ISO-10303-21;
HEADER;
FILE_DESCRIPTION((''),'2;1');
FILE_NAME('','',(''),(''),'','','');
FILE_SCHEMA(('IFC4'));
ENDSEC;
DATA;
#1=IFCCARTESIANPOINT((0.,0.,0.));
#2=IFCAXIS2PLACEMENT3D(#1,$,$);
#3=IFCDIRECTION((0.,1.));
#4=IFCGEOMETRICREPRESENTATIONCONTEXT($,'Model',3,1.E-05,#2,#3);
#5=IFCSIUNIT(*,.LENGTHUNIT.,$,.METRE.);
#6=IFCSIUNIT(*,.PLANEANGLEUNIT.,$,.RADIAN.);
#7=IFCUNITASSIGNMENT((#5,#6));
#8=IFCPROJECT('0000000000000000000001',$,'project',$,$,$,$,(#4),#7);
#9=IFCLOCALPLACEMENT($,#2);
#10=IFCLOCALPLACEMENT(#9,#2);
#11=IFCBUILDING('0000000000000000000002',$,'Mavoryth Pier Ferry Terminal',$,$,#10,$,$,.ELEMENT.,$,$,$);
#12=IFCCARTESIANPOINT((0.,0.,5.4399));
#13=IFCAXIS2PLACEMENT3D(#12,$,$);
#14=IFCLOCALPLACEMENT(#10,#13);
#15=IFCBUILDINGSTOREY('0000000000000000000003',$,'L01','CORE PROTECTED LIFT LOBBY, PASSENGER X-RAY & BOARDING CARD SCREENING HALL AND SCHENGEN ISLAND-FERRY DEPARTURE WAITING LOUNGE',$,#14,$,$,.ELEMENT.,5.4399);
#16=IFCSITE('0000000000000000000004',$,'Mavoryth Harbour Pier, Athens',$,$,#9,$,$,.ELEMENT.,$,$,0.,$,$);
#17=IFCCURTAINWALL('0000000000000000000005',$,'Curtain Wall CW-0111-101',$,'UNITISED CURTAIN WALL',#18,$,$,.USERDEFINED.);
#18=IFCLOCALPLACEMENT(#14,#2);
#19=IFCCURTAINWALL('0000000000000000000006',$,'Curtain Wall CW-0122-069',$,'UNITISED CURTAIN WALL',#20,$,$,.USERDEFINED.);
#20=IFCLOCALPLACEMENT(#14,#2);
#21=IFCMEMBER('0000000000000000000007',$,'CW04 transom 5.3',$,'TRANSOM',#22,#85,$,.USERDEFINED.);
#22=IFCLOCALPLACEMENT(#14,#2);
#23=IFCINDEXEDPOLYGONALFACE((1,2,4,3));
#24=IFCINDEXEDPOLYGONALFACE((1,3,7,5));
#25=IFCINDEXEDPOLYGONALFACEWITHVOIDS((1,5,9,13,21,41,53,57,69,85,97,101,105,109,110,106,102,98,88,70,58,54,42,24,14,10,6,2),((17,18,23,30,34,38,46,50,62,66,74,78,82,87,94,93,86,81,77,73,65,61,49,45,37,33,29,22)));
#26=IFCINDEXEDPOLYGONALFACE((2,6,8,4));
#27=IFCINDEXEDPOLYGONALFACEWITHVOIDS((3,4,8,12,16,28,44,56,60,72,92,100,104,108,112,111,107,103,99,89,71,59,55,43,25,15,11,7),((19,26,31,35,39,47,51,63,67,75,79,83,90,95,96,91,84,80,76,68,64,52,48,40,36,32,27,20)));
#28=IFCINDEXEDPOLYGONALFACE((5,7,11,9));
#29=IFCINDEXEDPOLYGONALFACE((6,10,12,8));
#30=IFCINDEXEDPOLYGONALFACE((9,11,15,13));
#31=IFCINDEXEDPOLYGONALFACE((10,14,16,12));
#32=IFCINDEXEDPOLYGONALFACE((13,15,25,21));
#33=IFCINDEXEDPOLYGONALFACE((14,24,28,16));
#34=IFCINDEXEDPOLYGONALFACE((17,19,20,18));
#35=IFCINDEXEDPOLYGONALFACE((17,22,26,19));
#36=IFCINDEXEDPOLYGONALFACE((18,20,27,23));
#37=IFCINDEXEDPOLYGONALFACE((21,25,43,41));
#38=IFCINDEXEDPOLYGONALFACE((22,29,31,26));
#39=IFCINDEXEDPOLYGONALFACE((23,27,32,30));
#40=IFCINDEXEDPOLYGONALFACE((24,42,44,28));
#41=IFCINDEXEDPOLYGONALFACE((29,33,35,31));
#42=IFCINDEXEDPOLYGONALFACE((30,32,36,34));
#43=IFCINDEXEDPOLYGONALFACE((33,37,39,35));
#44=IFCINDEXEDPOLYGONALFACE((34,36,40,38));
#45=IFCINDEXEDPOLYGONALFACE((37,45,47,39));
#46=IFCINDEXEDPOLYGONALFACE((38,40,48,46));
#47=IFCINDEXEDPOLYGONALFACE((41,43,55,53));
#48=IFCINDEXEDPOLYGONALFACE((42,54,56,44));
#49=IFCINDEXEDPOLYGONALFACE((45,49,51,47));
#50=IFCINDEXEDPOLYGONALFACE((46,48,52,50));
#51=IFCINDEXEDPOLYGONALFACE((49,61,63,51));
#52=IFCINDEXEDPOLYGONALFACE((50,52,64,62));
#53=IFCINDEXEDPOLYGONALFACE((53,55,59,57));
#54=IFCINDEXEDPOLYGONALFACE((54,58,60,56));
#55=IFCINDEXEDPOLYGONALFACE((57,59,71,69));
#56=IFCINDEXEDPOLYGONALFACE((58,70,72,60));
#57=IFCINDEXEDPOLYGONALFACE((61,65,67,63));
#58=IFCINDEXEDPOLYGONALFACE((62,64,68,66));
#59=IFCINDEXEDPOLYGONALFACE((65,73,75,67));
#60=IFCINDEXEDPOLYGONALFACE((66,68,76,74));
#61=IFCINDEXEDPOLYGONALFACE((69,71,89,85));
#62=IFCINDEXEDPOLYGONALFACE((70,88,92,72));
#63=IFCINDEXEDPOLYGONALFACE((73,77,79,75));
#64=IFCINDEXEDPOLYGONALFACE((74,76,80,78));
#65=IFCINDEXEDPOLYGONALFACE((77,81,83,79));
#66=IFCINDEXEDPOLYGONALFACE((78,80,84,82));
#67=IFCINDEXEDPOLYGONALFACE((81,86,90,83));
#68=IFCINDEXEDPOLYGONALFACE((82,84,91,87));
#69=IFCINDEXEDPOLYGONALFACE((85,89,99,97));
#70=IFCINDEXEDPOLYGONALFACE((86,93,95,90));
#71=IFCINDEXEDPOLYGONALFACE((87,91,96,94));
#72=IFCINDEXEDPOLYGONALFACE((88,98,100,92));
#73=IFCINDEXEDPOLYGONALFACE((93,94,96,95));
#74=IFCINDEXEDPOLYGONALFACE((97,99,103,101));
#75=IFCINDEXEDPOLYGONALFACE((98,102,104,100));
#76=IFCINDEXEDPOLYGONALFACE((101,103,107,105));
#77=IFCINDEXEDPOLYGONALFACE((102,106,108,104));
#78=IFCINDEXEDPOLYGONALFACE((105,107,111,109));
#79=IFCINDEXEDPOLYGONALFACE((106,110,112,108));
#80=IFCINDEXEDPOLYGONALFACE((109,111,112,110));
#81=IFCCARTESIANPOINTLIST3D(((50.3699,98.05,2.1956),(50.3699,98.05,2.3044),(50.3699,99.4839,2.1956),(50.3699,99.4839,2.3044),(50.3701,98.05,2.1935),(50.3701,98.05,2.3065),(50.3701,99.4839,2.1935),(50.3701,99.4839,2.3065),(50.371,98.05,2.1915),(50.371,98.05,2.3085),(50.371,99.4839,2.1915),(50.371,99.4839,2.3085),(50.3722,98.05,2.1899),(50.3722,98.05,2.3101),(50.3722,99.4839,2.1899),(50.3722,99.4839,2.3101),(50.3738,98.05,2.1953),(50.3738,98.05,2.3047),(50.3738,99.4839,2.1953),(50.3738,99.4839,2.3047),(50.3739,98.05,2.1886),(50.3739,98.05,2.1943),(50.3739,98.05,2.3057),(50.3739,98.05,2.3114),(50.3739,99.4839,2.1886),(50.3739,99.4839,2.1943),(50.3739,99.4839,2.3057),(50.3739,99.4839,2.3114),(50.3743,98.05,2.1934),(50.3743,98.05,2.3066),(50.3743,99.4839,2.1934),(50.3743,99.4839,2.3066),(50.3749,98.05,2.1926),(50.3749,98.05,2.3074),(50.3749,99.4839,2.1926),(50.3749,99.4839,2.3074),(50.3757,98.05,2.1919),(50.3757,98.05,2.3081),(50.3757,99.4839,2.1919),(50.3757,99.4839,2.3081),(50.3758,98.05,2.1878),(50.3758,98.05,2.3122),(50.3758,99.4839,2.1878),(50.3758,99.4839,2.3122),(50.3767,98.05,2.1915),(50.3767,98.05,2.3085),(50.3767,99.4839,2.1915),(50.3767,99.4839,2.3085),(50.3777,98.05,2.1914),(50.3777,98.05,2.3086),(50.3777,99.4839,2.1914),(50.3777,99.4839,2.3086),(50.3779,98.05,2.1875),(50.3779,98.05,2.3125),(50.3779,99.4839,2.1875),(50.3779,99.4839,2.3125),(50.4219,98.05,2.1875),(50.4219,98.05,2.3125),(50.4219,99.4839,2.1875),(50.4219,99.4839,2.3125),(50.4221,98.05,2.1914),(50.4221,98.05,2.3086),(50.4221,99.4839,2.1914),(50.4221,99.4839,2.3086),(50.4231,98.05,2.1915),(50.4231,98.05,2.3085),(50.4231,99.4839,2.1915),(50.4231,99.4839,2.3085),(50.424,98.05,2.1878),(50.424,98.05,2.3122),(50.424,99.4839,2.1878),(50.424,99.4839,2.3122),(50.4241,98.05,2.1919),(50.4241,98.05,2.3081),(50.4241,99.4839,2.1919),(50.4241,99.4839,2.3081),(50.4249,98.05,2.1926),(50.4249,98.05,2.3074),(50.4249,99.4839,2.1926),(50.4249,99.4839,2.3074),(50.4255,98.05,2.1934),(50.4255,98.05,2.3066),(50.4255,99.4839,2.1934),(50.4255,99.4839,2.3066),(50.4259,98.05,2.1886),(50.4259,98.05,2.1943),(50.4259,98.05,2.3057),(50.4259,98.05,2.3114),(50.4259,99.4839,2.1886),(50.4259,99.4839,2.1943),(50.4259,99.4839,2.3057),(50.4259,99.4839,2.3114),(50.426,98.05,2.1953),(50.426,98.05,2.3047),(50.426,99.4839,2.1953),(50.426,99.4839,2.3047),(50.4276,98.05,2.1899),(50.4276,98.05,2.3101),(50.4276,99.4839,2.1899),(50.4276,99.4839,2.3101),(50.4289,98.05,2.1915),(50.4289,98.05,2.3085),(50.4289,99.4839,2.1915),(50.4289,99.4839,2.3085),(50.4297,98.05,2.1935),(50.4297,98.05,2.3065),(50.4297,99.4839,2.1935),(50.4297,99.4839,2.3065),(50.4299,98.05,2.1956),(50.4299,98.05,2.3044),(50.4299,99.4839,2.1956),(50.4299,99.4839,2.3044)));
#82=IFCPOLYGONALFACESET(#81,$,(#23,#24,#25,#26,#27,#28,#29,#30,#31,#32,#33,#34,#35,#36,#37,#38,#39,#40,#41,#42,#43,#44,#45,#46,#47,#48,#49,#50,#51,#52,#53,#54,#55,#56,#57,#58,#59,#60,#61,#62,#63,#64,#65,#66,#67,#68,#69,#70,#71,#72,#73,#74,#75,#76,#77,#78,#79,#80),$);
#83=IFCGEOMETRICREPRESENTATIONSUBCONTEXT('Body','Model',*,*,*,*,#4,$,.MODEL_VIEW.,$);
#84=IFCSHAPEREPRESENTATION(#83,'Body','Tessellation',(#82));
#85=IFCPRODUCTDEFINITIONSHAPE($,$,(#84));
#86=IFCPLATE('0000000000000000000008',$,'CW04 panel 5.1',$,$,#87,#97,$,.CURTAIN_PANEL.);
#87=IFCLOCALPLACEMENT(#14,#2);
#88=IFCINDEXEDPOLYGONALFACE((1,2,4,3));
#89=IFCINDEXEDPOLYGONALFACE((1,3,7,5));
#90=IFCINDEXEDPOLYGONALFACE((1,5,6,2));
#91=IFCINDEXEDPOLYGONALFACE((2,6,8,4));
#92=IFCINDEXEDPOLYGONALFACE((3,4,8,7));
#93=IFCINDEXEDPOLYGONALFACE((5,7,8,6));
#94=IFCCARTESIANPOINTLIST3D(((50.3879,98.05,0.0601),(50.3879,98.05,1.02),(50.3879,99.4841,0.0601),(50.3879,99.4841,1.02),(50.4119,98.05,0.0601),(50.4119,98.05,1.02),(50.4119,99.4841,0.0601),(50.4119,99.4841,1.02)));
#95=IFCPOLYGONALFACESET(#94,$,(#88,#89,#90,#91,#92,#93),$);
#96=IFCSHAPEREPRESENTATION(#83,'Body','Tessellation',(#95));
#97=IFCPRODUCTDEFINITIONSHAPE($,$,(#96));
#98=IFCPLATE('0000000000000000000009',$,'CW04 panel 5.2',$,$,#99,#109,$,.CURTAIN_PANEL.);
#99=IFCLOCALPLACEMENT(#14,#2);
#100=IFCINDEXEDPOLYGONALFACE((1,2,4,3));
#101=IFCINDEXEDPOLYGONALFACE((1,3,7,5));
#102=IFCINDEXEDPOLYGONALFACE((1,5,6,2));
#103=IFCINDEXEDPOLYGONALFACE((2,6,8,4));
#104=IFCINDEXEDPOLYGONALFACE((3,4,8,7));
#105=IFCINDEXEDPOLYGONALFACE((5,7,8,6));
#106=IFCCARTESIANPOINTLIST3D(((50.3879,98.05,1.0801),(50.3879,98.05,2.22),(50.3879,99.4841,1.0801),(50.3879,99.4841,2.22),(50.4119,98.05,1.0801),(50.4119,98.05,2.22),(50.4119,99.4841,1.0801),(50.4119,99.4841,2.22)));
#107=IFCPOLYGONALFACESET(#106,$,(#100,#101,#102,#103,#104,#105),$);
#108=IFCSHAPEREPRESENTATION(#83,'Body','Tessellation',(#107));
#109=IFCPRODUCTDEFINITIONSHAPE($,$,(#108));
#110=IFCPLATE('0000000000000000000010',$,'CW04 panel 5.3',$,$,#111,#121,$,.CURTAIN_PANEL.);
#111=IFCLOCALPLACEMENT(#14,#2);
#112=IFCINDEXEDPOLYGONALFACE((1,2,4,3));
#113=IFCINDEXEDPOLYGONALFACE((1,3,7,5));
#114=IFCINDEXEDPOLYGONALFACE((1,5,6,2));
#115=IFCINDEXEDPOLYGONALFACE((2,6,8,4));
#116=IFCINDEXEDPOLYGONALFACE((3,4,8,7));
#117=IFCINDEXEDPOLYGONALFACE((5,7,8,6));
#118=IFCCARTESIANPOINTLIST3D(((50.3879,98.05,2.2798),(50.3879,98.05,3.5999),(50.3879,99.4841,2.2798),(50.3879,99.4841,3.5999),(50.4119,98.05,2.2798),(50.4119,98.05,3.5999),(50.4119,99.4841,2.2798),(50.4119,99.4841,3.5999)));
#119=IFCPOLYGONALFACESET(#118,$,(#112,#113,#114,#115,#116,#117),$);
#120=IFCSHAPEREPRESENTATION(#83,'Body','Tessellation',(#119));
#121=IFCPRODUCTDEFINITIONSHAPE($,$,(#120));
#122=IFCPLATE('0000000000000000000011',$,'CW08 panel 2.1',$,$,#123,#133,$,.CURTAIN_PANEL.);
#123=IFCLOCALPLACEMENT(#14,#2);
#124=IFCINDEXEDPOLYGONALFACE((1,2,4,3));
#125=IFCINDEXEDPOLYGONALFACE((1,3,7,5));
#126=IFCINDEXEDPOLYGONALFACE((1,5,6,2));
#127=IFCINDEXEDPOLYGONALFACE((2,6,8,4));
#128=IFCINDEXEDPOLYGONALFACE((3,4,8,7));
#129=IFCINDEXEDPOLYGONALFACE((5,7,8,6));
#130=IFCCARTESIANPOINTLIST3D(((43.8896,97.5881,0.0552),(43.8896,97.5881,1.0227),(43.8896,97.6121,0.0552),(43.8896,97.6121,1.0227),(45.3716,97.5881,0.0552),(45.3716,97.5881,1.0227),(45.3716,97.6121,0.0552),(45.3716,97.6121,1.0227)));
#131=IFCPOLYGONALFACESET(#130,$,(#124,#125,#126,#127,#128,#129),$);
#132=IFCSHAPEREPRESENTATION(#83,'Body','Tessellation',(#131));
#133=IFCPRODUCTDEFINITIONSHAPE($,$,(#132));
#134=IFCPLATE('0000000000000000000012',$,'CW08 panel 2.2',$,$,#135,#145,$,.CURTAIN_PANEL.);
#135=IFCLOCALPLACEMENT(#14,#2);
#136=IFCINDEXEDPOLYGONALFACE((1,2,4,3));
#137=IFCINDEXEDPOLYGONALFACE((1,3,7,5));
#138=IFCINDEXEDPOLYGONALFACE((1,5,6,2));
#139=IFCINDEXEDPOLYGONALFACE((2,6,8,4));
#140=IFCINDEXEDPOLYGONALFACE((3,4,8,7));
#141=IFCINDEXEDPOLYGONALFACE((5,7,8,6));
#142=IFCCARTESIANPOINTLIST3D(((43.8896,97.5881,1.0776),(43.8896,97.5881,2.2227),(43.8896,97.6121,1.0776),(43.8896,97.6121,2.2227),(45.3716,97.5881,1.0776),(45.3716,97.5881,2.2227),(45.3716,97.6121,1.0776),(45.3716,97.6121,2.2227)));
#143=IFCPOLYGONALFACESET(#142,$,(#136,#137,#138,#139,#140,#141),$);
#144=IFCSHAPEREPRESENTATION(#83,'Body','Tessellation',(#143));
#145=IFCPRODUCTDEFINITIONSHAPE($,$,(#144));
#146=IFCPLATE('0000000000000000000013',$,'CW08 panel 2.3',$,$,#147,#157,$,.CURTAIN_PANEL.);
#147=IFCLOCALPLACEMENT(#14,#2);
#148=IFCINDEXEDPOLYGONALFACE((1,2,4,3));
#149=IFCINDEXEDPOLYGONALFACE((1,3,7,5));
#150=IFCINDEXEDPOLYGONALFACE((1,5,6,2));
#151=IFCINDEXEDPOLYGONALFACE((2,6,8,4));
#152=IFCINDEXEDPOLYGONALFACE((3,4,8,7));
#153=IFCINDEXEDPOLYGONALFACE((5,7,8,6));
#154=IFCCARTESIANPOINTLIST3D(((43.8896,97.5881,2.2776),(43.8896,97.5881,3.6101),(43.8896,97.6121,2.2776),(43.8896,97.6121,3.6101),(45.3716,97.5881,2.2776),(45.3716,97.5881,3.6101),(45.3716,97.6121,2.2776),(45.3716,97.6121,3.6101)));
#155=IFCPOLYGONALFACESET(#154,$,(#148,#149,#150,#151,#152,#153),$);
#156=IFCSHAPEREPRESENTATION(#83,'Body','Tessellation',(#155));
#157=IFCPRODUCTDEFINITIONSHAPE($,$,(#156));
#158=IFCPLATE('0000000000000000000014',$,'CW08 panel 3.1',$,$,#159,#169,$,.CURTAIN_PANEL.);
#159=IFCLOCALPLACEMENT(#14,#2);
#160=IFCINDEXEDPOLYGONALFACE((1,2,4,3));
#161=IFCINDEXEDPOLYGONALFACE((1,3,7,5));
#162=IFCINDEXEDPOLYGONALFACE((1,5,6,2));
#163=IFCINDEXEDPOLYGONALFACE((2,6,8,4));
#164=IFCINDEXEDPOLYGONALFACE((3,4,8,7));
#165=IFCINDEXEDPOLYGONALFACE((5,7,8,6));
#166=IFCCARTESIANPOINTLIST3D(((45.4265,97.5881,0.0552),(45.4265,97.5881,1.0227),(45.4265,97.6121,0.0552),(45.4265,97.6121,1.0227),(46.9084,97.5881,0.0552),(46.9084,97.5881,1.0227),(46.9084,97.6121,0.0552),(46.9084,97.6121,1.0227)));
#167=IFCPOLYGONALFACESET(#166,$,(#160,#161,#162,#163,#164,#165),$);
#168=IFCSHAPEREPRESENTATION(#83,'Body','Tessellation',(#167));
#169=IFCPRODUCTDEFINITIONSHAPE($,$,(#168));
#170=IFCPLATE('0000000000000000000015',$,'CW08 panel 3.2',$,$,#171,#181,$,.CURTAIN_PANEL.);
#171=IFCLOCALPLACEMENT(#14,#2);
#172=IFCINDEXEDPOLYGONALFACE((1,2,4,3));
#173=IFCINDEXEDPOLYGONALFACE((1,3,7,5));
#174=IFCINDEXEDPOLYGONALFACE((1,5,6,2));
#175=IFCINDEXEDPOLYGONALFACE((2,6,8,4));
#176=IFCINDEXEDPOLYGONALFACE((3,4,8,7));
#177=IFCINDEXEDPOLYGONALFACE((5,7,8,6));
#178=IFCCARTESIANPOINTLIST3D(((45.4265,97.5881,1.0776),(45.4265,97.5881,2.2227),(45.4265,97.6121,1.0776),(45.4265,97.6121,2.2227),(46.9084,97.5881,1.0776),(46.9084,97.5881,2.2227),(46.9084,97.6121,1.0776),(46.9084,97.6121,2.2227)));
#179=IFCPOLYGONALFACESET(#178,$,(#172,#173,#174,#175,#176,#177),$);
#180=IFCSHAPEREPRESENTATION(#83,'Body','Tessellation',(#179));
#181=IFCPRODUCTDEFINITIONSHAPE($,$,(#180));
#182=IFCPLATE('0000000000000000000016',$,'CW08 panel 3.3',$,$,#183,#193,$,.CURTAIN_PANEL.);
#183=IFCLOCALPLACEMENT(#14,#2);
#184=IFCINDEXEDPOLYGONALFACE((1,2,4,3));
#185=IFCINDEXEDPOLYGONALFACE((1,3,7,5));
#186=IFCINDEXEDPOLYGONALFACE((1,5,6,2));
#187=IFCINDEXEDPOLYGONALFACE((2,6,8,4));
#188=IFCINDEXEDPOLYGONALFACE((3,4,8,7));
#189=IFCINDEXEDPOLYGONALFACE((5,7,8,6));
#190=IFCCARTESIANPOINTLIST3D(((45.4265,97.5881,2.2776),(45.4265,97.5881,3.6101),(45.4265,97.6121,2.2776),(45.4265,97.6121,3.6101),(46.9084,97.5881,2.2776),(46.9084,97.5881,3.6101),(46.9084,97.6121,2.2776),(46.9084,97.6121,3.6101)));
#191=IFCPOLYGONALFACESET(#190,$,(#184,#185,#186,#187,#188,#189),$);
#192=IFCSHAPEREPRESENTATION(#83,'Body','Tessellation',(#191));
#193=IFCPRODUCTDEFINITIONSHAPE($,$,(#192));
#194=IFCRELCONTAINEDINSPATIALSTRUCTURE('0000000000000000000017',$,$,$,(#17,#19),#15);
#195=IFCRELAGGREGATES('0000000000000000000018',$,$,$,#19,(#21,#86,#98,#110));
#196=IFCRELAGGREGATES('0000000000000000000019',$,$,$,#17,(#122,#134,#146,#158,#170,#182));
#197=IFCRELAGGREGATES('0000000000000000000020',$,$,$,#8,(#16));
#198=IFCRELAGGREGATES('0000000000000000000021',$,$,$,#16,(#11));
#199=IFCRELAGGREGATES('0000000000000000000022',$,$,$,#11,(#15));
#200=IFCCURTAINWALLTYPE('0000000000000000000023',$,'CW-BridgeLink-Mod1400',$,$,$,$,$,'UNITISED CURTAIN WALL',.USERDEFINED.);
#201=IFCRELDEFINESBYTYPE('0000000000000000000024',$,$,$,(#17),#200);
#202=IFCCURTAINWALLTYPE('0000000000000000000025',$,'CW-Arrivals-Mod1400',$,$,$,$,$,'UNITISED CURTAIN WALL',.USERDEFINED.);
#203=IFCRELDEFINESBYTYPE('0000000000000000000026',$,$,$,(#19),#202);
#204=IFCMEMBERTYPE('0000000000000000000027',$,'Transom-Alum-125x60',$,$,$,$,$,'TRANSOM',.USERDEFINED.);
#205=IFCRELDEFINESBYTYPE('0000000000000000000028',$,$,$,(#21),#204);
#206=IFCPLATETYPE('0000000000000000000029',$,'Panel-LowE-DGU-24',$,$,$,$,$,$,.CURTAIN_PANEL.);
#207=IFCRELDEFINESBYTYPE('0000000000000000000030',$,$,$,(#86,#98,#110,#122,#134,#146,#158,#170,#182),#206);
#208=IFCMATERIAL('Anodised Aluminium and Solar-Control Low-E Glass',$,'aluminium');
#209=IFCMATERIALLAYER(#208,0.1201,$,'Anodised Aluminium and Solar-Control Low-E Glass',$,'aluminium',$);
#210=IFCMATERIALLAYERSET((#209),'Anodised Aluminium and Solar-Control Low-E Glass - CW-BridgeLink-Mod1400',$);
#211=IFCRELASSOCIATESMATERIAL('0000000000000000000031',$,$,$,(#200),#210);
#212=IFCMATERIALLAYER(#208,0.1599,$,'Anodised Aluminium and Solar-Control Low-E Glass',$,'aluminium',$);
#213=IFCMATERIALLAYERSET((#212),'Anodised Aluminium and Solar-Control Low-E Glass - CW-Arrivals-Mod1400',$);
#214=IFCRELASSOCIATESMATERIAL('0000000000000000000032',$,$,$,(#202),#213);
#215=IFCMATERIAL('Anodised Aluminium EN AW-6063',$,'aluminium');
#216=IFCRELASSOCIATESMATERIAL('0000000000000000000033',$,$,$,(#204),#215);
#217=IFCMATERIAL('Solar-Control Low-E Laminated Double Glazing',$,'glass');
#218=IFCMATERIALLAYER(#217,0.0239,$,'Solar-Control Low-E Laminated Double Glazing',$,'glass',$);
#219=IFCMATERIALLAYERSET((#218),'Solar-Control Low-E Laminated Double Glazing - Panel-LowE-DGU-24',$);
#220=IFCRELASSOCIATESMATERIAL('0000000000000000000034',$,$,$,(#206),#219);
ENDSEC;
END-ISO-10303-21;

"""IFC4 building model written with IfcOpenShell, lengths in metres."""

from ifc_helpers import new_model, si_unit, direction, frame, origin, origin_2d, place, context, subcontext, project, spatial, rectangle, hollow_rectangle, extrude, material, layer, layer_set, material_profile, profile_set, type_object, element, aggregate, save


model = new_model("IFC4")

# Units and contexts
model_context = context("Model", 3, precision=1e-05, world=origin(), true_north=direction((0.0, 1.0)))
body_context = subcontext(model_context, "Body", "Model", "MODEL_VIEW")
ifc_project = project(units=[si_unit("LENGTHUNIT", "METRE"), si_unit("PLANEANGLEUNIT", "RADIAN")], contexts=[model_context])

# Site, building, storey
site_placement = place(None, origin())
site = spatial("IfcSite", under=ifc_project, at=site_placement, Name="Mavoryth Harbour Pier, Athens", CompositionType="ELEMENT", RefElevation=0.0)
building_placement = place(site_placement, origin())
building = spatial("IfcBuilding", under=site, at=building_placement, Name="Mavoryth Pier Ferry Terminal", CompositionType="ELEMENT")
storey_placement = place(building_placement, frame((0.0, 0.0, 5.4399)))
storey = spatial("IfcBuildingStorey", under=building, at=storey_placement, Name="L01", Description="CORE PROTECTED LIFT LOBBY, PASSENGER X-RAY & BOARDING CARD SCREENING HALL AND SCHENGEN ISLAND-FERRY DEPARTURE WAITING LOUNGE", CompositionType="ELEMENT", Elevation=5.4399)

# Curtain wall
ifc_material_1 = material(Name="Anodised Aluminium and Solar-Control Low-E Glass", Category="aluminium")
ifc_layer_1 = layer(ifc_material_1, 0.1201, Name="Anodised Aluminium and Solar-Control Low-E Glass", Category="aluminium")
ifc_layer_set_1 = layer_set([ifc_layer_1], Name="Anodised Aluminium and Solar-Control Low-E Glass - CW-BridgeLink-Mod1400")
curtain_wall_type_1 = type_object("IfcCurtainWallType", Name="CW-BridgeLink-Mod1400", ElementType="UNITISED CURTAIN WALL", PredefinedType="USERDEFINED", material=ifc_layer_set_1)
curtain_wall_1_placement = place(storey_placement, origin())
curtain_wall_1 = element("IfcCurtainWall", 1, at=curtain_wall_1_placement, inside=storey, type_object=curtain_wall_type_1, Name="Curtain Wall CW-0111-101", ObjectType="UNITISED CURTAIN WALL", PredefinedType="USERDEFINED")
ifc_material_2 = material(Name="Anodised Aluminium EN AW-6063", Category="aluminium")

# Curtain wall
ifc_layer_2 = layer(ifc_material_1, 0.1599, Name="Anodised Aluminium and Solar-Control Low-E Glass", Category="aluminium")
ifc_layer_set_2 = layer_set([ifc_layer_2], Name="Anodised Aluminium and Solar-Control Low-E Glass - CW-Arrivals-Mod1400")
curtain_wall_type_2 = type_object("IfcCurtainWallType", Name="CW-Arrivals-Mod1400", ElementType="UNITISED CURTAIN WALL", PredefinedType="USERDEFINED", material=ifc_layer_set_2)
curtain_wall_2_placement = place(storey_placement, origin())
curtain_wall_2 = element("IfcCurtainWall", 2, at=curtain_wall_2_placement, inside=storey, type_object=curtain_wall_type_2, Name="Curtain Wall CW-0122-069", ObjectType="UNITISED CURTAIN WALL", PredefinedType="USERDEFINED")

# Member
ifc_material_profile_1 = material_profile(ifc_material_2, hollow_rectangle(XDim=0.0601, YDim=0.125, WallThickness=0.0039, InnerFilletRadius=0.0039, OuterFilletRadius=0.0081, at=origin_2d()), Name="AL-TRAN 125x60x4", Category="aluminium")
ifc_profile_set_1 = profile_set([ifc_material_profile_1], Name="Anodised Aluminium EN AW-6063 - AL-TRAN 125x60x4")
member_type_1 = type_object("IfcMemberType", Name="Transom-Alum-125x60", ElementType="TRANSOM", PredefinedType="USERDEFINED", material=ifc_profile_set_1)
member_1_placement = place(storey_placement, frame((50.3999, 99.4839, 2.25), z_axis=(0.0, -1.0, 0.0), x_axis=(1.0, 0.0, 0.0)))
member_1 = element("IfcMember", 3, at=member_1_placement, type_object=member_type_1, Name="CW04 transom 5.3", ObjectType="TRANSOM", PredefinedType="USERDEFINED", context=body_context, shape_type="SweptSolid", body=[
    extrude(hollow_rectangle(XDim=0.0601, YDim=0.125, WallThickness=0.0039, InnerFilletRadius=0.0039, OuterFilletRadius=0.0081, at=origin_2d()), origin(), (0.0, 0.0, 1.0), 1.4338),
])

# Plates
ifc_material_3 = material(Name="Solar-Control Low-E Laminated Double Glazing", Category="glass")
ifc_layer_3 = layer(ifc_material_3, 0.0239, Name="Solar-Control Low-E Laminated Double Glazing", Category="glass")
ifc_layer_set_3 = layer_set([ifc_layer_3], Name="Solar-Control Low-E Laminated Double Glazing - Panel-LowE-DGU-24")
plate_type = type_object("IfcPlateType", Name="Panel-LowE-DGU-24", PredefinedType="CURTAIN_PANEL", material=ifc_layer_set_3)
plate_1_placement = place(storey_placement, frame((50.3999, 98.7671, 0.0601), z_axis=(0.0, 0.0, 1.0), x_axis=(0.0, -1.0, 0.0)))
plate_1 = element("IfcPlate", 4, at=plate_1_placement, type_object=plate_type, Name="CW04 panel 5.1", PredefinedType="CURTAIN_PANEL", context=body_context, shape_type="SweptSolid", body=[
    extrude(rectangle(XDim=1.4341, YDim=0.0239, at=origin_2d()), origin(), (0.0, 0.0, 1.0), 0.96),
])
plate_2_placement = place(storey_placement, frame((50.3999, 98.7671, 1.0801), z_axis=(0.0, 0.0, 1.0), x_axis=(0.0, -1.0, 0.0)))
plate_2 = element("IfcPlate", 5, at=plate_2_placement, type_object=plate_type, Name="CW04 panel 5.2", PredefinedType="CURTAIN_PANEL", context=body_context, shape_type="SweptSolid", body=[
    extrude(rectangle(XDim=1.4341, YDim=0.0239, at=origin_2d()), origin(), (0.0, 0.0, 1.0), 1.1399),
])
plate_3_placement = place(storey_placement, frame((50.3999, 98.7671, 2.2798), z_axis=(0.0, 0.0, 1.0), x_axis=(0.0, -1.0, 0.0)))
plate_3 = element("IfcPlate", 6, at=plate_3_placement, type_object=plate_type, Name="CW04 panel 5.3", PredefinedType="CURTAIN_PANEL", context=body_context, shape_type="SweptSolid", body=[
    extrude(rectangle(XDim=1.4341, YDim=0.0239, at=origin_2d()), origin(), (0.0, 0.0, 1.0), 1.3201),
])
aggregate(curtain_wall_2, [member_1, plate_1, plate_2, plate_3])
plate_4_placement = place(storey_placement, frame((44.6306, 97.6001, 0.0552), z_axis=(0.0, 0.0, 1.0), x_axis=(1.0, 0.0, 0.0)))
plate_4 = element("IfcPlate", 7, at=plate_4_placement, type_object=plate_type, Name="CW08 panel 2.1", PredefinedType="CURTAIN_PANEL", context=body_context, shape_type="SweptSolid", body=[
    extrude(rectangle(XDim=1.4819, YDim=0.0239, at=origin_2d()), origin(), (0.0, 0.0, 1.0), 0.9675),
])
plate_5_placement = place(storey_placement, frame((44.6306, 97.6001, 1.0776), z_axis=(0.0, 0.0, 1.0), x_axis=(1.0, 0.0, 0.0)))
plate_5 = element("IfcPlate", 8, at=plate_5_placement, type_object=plate_type, Name="CW08 panel 2.2", PredefinedType="CURTAIN_PANEL", context=body_context, shape_type="SweptSolid", body=[
    extrude(rectangle(XDim=1.4819, YDim=0.0239, at=origin_2d()), origin(), (0.0, 0.0, 1.0), 1.145),
])
plate_6_placement = place(storey_placement, frame((44.6306, 97.6001, 2.2776), z_axis=(0.0, 0.0, 1.0), x_axis=(1.0, 0.0, 0.0)))
plate_6 = element("IfcPlate", 9, at=plate_6_placement, type_object=plate_type, Name="CW08 panel 2.3", PredefinedType="CURTAIN_PANEL", context=body_context, shape_type="SweptSolid", body=[
    extrude(rectangle(XDim=1.4819, YDim=0.0239, at=origin_2d()), origin(), (0.0, 0.0, 1.0), 1.3325),
])
plate_7_placement = place(storey_placement, frame((46.1675, 97.6001, 0.0552), z_axis=(0.0, 0.0, 1.0), x_axis=(1.0, 0.0, 0.0)))
plate_7 = element("IfcPlate", 10, at=plate_7_placement, type_object=plate_type, Name="CW08 panel 3.1", PredefinedType="CURTAIN_PANEL", context=body_context, shape_type="SweptSolid", body=[
    extrude(rectangle(XDim=1.4819, YDim=0.0239, at=origin_2d()), origin(), (0.0, 0.0, 1.0), 0.9675),
])
plate_8_placement = place(storey_placement, frame((46.1675, 97.6001, 1.0776), z_axis=(0.0, 0.0, 1.0), x_axis=(1.0, 0.0, 0.0)))
plate_8 = element("IfcPlate", 11, at=plate_8_placement, type_object=plate_type, Name="CW08 panel 3.2", PredefinedType="CURTAIN_PANEL", context=body_context, shape_type="SweptSolid", body=[
    extrude(rectangle(XDim=1.4819, YDim=0.0239, at=origin_2d()), origin(), (0.0, 0.0, 1.0), 1.145),
])
plate_9_placement = place(storey_placement, frame((46.1675, 97.6001, 2.2776), z_axis=(0.0, 0.0, 1.0), x_axis=(1.0, 0.0, 0.0)))
plate_9 = element("IfcPlate", 12, at=plate_9_placement, type_object=plate_type, Name="CW08 panel 3.3", PredefinedType="CURTAIN_PANEL", context=body_context, shape_type="SweptSolid", body=[
    extrude(rectangle(XDim=1.4819, YDim=0.0239, at=origin_2d()), origin(), (0.0, 0.0, 1.0), 1.3325),
])
aggregate(curtain_wall_1, [plate_4, plate_5, plate_6, plate_7, plate_8, plate_9])

save(model, "model.ifc")
